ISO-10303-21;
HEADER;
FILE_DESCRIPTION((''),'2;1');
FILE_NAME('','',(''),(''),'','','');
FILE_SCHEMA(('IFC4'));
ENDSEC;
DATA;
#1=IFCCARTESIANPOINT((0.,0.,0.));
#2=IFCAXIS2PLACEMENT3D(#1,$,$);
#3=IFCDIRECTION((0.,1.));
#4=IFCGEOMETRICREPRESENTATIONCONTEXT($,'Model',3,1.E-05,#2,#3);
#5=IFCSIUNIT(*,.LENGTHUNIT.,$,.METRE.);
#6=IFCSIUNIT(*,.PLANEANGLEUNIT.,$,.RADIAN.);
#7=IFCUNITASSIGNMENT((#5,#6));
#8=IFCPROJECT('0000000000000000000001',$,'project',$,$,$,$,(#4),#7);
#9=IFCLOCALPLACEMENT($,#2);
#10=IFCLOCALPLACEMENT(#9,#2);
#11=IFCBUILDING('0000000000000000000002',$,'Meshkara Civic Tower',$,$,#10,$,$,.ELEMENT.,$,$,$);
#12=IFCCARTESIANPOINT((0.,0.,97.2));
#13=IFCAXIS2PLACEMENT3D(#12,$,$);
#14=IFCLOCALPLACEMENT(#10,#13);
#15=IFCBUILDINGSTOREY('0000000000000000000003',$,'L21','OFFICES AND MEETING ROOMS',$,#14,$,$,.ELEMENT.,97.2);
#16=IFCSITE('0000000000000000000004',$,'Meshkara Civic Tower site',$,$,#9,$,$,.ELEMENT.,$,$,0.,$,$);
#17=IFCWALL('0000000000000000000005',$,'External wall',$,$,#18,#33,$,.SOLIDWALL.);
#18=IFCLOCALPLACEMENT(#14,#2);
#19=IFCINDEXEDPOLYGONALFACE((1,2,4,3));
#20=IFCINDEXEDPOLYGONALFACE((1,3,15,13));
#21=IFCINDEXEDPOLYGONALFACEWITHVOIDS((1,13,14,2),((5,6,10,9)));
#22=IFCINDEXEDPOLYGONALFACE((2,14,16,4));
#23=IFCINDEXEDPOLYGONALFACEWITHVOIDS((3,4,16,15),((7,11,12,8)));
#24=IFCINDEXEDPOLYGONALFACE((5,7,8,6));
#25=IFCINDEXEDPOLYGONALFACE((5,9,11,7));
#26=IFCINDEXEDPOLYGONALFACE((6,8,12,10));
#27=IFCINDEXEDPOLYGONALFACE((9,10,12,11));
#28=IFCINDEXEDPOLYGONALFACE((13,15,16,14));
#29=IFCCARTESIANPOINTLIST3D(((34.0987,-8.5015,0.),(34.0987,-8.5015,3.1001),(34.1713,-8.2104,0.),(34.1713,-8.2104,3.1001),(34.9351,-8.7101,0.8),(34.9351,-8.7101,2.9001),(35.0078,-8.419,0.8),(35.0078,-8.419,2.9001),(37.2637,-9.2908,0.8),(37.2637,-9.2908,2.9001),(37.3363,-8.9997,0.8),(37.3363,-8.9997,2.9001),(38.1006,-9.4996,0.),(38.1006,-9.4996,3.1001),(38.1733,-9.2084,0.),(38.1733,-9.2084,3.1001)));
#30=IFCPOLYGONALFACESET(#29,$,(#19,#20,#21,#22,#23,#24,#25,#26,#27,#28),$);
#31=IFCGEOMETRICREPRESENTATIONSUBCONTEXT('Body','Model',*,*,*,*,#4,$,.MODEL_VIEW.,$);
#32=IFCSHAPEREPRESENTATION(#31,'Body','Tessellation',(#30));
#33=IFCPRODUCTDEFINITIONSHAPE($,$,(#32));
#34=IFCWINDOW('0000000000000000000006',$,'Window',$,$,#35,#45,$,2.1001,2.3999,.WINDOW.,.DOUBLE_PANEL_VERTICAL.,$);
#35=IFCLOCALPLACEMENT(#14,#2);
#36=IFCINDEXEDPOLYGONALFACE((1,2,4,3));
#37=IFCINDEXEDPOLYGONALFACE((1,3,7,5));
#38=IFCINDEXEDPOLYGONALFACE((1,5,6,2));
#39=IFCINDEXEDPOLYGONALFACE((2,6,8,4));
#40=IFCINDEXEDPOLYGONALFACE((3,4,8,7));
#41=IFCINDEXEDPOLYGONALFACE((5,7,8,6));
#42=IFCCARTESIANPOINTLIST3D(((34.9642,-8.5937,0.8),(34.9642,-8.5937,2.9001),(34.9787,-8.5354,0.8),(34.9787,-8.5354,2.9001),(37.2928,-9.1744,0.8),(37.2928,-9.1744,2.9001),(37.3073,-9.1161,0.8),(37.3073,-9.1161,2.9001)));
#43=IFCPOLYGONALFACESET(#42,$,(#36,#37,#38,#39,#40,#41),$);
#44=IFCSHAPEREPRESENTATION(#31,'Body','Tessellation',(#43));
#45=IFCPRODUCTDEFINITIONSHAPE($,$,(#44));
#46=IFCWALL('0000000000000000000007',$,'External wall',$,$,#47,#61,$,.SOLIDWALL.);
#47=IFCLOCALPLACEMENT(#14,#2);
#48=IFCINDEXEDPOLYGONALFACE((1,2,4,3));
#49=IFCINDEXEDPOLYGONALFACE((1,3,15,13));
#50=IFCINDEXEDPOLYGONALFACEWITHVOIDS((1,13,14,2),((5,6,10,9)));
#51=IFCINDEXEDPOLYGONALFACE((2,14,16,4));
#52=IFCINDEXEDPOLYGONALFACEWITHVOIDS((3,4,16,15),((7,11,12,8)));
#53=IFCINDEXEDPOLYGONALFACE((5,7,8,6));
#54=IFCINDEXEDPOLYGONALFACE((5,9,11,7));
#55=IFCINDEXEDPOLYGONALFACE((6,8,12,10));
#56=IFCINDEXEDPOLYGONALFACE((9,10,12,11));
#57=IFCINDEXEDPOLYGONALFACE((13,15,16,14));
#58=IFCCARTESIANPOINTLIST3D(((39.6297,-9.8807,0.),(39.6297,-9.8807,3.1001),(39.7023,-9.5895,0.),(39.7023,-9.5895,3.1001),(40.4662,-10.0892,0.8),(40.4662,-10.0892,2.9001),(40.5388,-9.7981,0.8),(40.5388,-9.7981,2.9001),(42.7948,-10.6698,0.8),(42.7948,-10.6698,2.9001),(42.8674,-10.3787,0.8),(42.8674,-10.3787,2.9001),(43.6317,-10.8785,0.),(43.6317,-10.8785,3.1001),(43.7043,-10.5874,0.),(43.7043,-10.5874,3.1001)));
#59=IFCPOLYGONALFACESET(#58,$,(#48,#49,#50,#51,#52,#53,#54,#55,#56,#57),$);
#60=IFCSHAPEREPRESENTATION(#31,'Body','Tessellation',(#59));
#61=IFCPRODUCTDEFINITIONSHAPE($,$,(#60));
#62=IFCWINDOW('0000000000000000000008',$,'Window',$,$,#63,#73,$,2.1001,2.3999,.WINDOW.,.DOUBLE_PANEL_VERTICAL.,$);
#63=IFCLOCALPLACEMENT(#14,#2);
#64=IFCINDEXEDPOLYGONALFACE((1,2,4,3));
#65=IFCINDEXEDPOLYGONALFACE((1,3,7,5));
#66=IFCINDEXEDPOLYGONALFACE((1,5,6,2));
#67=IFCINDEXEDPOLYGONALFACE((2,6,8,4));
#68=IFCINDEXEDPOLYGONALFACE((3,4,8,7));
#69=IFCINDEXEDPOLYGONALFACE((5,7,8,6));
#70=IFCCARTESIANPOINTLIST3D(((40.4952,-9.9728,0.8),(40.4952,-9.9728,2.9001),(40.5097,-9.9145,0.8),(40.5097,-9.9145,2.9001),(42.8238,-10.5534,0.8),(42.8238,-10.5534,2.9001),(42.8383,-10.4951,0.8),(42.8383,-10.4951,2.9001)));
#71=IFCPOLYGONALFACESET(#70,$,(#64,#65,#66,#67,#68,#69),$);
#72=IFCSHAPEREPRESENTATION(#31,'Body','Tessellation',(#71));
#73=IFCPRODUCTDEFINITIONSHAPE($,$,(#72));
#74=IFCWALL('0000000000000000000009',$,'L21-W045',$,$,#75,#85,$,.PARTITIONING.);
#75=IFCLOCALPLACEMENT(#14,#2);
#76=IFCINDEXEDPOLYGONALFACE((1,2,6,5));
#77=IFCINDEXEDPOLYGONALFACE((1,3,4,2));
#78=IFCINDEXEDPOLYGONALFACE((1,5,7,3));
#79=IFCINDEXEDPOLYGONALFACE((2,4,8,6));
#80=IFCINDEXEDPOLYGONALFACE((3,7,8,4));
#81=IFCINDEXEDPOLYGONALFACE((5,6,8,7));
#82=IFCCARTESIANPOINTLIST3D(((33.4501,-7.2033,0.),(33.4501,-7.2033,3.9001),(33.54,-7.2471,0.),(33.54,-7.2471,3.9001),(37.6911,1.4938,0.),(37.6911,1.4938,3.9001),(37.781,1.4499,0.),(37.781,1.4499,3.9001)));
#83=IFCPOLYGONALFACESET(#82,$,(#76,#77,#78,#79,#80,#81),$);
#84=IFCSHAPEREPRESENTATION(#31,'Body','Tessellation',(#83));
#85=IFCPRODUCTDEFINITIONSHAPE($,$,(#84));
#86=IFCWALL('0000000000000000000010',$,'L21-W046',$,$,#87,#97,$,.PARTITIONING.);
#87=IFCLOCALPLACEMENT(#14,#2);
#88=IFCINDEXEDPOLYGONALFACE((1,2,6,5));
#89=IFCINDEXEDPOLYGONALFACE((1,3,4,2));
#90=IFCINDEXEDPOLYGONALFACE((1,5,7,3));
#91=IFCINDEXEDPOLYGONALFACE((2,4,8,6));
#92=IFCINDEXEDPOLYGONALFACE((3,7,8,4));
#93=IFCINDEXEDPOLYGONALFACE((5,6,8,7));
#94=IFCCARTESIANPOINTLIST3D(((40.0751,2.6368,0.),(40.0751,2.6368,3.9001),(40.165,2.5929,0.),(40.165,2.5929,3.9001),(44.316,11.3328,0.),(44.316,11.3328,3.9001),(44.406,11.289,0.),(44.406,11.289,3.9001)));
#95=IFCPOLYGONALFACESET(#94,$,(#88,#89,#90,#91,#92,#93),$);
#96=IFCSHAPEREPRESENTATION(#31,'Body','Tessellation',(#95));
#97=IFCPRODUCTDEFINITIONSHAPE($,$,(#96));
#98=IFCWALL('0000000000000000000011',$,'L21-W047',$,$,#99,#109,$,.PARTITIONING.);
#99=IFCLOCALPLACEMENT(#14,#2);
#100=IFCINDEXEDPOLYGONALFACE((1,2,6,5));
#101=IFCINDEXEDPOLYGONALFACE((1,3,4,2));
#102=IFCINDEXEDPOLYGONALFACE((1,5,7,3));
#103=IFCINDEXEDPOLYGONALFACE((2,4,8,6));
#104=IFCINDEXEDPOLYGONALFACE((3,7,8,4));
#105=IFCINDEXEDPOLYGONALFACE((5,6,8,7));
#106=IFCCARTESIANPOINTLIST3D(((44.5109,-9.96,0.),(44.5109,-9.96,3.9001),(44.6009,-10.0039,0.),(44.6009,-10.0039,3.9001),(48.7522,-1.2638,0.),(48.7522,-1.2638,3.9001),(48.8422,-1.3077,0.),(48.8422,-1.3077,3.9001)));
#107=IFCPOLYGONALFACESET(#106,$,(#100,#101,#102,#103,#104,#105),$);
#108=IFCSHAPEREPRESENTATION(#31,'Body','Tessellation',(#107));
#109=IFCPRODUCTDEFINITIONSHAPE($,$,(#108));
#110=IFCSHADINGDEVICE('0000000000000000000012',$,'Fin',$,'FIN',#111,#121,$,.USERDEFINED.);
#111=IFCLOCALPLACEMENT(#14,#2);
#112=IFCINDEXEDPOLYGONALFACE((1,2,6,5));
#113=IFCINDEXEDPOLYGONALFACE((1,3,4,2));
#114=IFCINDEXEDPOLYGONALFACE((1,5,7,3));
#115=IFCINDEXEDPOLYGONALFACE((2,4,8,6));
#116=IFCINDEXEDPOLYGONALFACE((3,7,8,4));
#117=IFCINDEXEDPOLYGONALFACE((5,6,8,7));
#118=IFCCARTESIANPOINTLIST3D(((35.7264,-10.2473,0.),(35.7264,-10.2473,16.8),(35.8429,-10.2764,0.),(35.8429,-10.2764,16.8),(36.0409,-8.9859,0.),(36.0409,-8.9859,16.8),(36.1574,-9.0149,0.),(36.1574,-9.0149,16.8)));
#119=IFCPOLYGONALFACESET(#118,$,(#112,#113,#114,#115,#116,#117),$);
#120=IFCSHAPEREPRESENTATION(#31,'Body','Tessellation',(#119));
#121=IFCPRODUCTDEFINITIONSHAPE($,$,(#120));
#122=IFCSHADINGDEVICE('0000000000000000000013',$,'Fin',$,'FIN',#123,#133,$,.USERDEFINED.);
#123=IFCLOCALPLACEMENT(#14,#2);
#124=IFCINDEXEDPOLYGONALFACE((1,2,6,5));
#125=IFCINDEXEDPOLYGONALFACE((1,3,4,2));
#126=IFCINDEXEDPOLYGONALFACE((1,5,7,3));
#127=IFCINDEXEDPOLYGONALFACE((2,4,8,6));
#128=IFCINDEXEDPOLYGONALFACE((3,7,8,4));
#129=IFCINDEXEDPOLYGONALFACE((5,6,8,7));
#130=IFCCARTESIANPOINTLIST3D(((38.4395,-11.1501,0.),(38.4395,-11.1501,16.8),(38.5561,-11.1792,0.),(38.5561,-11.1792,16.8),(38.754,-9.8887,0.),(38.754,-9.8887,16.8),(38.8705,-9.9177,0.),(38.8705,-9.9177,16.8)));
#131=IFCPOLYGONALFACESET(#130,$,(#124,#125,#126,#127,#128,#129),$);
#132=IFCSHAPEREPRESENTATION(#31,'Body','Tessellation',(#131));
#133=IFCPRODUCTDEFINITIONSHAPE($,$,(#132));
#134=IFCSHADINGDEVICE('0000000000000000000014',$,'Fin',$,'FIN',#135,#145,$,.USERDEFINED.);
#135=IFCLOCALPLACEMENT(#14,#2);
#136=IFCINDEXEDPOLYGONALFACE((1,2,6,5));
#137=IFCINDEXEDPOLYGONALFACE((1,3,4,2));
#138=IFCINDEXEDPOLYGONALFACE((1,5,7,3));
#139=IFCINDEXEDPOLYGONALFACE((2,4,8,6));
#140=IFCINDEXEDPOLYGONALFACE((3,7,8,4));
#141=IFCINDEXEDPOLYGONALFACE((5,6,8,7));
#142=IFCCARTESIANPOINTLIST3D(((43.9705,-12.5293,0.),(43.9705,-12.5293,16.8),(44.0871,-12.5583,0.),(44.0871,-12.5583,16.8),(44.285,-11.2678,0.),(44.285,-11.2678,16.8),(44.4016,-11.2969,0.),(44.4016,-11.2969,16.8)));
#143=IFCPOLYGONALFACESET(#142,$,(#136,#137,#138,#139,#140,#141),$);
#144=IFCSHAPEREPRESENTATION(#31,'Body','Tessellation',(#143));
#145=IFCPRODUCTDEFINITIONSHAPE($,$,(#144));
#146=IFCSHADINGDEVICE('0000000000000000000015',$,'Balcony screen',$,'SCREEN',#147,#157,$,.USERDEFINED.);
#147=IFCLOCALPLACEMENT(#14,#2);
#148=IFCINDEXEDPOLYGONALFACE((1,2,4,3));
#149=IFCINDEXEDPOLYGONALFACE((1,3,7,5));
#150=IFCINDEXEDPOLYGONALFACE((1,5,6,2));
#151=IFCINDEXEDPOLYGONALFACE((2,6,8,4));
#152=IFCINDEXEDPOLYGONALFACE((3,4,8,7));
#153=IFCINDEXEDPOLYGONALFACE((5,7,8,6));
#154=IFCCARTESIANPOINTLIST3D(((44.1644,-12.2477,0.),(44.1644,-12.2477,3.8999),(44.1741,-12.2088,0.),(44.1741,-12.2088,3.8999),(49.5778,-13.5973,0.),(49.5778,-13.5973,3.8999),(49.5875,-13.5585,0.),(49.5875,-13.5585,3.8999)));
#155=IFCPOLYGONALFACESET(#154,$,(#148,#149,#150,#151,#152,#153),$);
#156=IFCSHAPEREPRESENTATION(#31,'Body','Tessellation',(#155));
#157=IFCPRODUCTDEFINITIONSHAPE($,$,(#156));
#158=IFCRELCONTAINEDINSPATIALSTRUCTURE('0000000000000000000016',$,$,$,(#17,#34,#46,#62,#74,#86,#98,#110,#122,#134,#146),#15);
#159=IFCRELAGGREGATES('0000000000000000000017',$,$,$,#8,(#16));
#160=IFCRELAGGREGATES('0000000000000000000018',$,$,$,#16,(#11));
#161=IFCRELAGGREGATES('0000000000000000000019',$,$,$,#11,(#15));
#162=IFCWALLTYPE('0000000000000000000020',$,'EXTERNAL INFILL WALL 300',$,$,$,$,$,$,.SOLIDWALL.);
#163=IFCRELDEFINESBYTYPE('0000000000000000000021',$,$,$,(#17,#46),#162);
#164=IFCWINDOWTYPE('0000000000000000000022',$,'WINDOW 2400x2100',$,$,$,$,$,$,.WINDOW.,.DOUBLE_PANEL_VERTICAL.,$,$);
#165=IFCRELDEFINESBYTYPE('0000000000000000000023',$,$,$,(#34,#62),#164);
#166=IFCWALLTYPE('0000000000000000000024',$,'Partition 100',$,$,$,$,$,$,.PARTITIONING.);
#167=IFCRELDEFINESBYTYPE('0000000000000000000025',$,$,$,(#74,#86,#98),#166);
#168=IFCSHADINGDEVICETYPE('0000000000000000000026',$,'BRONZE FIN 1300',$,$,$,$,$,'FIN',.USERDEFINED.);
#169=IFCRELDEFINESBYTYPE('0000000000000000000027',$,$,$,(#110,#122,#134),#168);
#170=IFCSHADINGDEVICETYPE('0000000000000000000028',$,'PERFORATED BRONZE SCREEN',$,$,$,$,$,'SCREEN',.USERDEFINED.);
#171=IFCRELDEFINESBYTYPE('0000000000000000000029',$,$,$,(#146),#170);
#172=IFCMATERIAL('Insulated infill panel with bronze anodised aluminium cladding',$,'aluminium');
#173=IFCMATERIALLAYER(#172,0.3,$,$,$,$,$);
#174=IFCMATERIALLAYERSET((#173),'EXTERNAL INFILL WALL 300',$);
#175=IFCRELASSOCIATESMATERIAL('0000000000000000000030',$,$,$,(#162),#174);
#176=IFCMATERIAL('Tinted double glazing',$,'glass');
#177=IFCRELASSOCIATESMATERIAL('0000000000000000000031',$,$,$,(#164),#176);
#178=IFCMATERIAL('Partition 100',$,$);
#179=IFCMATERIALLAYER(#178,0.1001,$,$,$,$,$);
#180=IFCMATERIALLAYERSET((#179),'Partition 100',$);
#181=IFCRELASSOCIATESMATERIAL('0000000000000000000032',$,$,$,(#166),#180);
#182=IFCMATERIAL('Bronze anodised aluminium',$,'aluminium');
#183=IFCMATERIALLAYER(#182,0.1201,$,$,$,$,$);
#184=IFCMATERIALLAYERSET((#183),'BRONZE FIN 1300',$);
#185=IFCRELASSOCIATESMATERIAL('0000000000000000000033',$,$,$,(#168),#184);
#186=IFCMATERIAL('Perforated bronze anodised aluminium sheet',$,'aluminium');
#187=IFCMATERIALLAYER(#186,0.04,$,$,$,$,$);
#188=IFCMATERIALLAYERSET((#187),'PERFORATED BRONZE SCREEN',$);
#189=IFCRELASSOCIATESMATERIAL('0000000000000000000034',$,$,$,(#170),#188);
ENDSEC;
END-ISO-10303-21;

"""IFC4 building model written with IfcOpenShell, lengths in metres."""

from ifc_helpers import new_model, si_unit, direction, frame, frame_2d, origin, origin_2d, place, context, subcontext, project, spatial, rectangle, extrude, material, layer, layer_set, type_object, element, fill, save


model = new_model("IFC4")

# Units and contexts
model_context = context("Model", 3, precision=1e-05, world=origin(), true_north=direction((0.0, 1.0)))
body_context = subcontext(model_context, "Body", "Model", "MODEL_VIEW")
ifc_project = project(units=[si_unit("LENGTHUNIT", "METRE"), si_unit("PLANEANGLEUNIT", "RADIAN")], contexts=[model_context])

# Site, building, storey
site_placement = place(None, origin())
site = spatial("IfcSite", under=ifc_project, at=site_placement, Name="Meshkara Civic Tower site", CompositionType="ELEMENT", RefElevation=0.0)
building_placement = place(site_placement, origin())
building = spatial("IfcBuilding", under=site, at=building_placement, Name="Meshkara Civic Tower", CompositionType="ELEMENT")
storey_placement = place(building_placement, frame((0.0, 0.0, 97.2)))
storey = spatial("IfcBuildingStorey", under=building, at=storey_placement, Name="L21", Description="OFFICES AND MEETING ROOMS", CompositionType="ELEMENT", Elevation=97.2)

# Walls, openings, windows
ifc_material_1 = material(Name="Insulated infill panel with bronze anodised aluminium cladding", Category="aluminium")
ifc_layer_1 = layer(ifc_material_1, 0.3)
ifc_layer_set_1 = layer_set([ifc_layer_1], Name="EXTERNAL INFILL WALL 300")
wall_type_1 = type_object("IfcWallType", Name="EXTERNAL INFILL WALL 300", PredefinedType="SOLIDWALL", material=ifc_layer_set_1)
wall_1_placement = place(storey_placement, frame((34.135, -8.356, 0.0), z_axis=(0.0, 0.0, 1.0), x_axis=(0.970282, -0.241978, 0.0)))
wall_1 = element("IfcWall", 1, at=wall_1_placement, inside=storey, type_object=wall_type_1, Name="External wall", PredefinedType="SOLIDWALL", context=body_context, shape_type="SweptSolid", body=[
    extrude(rectangle(XDim=4.1245, YDim=0.3, at=frame_2d((2.0623, 0.0))), origin(), (0.0, 0.0, 1.0), 3.1001),
])
opening_1_placement = place(wall_1_placement, frame((0.8621, 0.0, 0.8)))
opening_1 = element("IfcOpeningElement", 2, at=opening_1_placement, cuts=wall_1, PredefinedType="OPENING", context=body_context, shape_type="SweptSolid", body=[
    extrude(rectangle(XDim=2.3999, YDim=2.1001, at=frame_2d((1.2, 1.05))), frame((0.0, 0.1599, 0.0), z_axis=(0.0, -1.0, 0.0), x_axis=(1.0, 0.0, 0.0)), (0.0, 0.0, 1.0), 0.3201),
])
ifc_material_2 = material(Name="Tinted double glazing", Category="glass")
window_type = type_object("IfcWindowType", Name="WINDOW 2400x2100", PartitioningType="DOUBLE_PANEL_VERTICAL", PredefinedType="WINDOW", material=ifc_material_2)
window_1_placement = place(opening_1_placement, origin())
window_1 = element("IfcWindow", 3, at=window_1_placement, inside=storey, type_object=window_type, Name="Window", OverallHeight=2.1001, OverallWidth=2.3999, PartitioningType="DOUBLE_PANEL_VERTICAL", PredefinedType="WINDOW", context=body_context, shape_type="SweptSolid", body=[
    extrude(rectangle(XDim=2.3999, YDim=2.1001, at=frame_2d((1.2, 1.05))), frame((0.0, 0.03, 0.0), z_axis=(0.0, -1.0, 0.0), x_axis=(1.0, 0.0, 0.0)), (0.0, 0.0, 1.0), 0.0601),
])
fill(opening_1, window_1)
wall_2_placement = place(storey_placement, frame((39.666, -9.7351, 0.0), z_axis=(0.0, 0.0, 1.0), x_axis=(0.970296, -0.241923, 0.0)))
wall_2 = element("IfcWall", 4, at=wall_2_placement, inside=storey, type_object=wall_type_1, Name="External wall", PredefinedType="SOLIDWALL", context=body_context, shape_type="SweptSolid", body=[
    extrude(rectangle(XDim=4.1245, YDim=0.3, at=frame_2d((2.0623, 0.0))), origin(), (0.0, 0.0, 1.0), 3.1001),
])
opening_2_placement = place(wall_2_placement, frame((0.8621, 0.0, 0.8)))
opening_2 = element("IfcOpeningElement", 5, at=opening_2_placement, cuts=wall_2, PredefinedType="OPENING", context=body_context, shape_type="SweptSolid", body=[
    extrude(rectangle(XDim=2.3999, YDim=2.1001, at=frame_2d((1.2, 1.05))), frame((0.0, 0.1599, 0.0), z_axis=(0.0, -1.0, 0.0), x_axis=(1.0, 0.0, 0.0)), (0.0, 0.0, 1.0), 0.3201),
])
window_2_placement = place(opening_2_placement, origin())
window_2 = element("IfcWindow", 6, at=window_2_placement, inside=storey, type_object=window_type, Name="Window", OverallHeight=2.1001, OverallWidth=2.3999, PartitioningType="DOUBLE_PANEL_VERTICAL", PredefinedType="WINDOW", context=body_context, shape_type="SweptSolid", body=[
    extrude(rectangle(XDim=2.3999, YDim=2.1001, at=frame_2d((1.2, 1.05))), frame((0.0, 0.03, 0.0), z_axis=(0.0, -1.0, 0.0), x_axis=(1.0, 0.0, 0.0)), (0.0, 0.0, 1.0), 0.0601),
])
fill(opening_2, window_2)

# Walls
ifc_material_3 = material(Name="Partition 100")
ifc_layer_2 = layer(ifc_material_3, 0.1001)
ifc_layer_set_2 = layer_set([ifc_layer_2], Name="Partition 100")
wall_type_2 = type_object("IfcWallType", Name="Partition 100", PredefinedType="PARTITIONING", material=ifc_layer_set_2)
wall_3_placement = place(storey_placement, frame((33.4951, -7.2251, 0.0), z_axis=(0.0, 0.0, 1.0), x_axis=(0.4383, 0.898829, 0.0)))
element("IfcWall", 7, at=wall_3_placement, inside=storey, type_object=wall_type_2, Name="L21-W045", PredefinedType="PARTITIONING", context=body_context, shape_type="SweptSolid", body=[
    extrude(rectangle(XDim=9.676, YDim=0.1001, at=frame_2d((4.8379, 0.0))), origin(), (0.0, 0.0, 1.0), 3.9001),
])
wall_4_placement = place(storey_placement, frame((40.1201, 2.615, 0.0), z_axis=(0.0, 0.0, 1.0), x_axis=(0.43834, 0.898809, 0.0)))
element("IfcWall", 8, at=wall_4_placement, inside=storey, type_object=wall_type_2, Name="L21-W046", PredefinedType="PARTITIONING", context=body_context, shape_type="SweptSolid", body=[
    extrude(rectangle(XDim=9.675, YDim=0.1001, at=frame_2d((4.8374, 0.0))), origin(), (0.0, 0.0, 1.0), 3.9001),
])
wall_5_placement = place(storey_placement, frame((44.5559, -9.9819, 0.0), z_axis=(0.0, 0.0, 1.0), x_axis=(0.43836, 0.898799, 0.0)))
element("IfcWall", 9, at=wall_5_placement, inside=storey, type_object=wall_type_2, Name="L21-W047", PredefinedType="PARTITIONING", context=body_context, shape_type="SweptSolid", body=[
    extrude(rectangle(XDim=9.6753, YDim=0.1001, at=frame_2d((4.8376, 0.0))), origin(), (0.0, 0.0, 1.0), 3.9001),
])

# Shading devices
ifc_material_4 = material(Name="Bronze anodised aluminium", Category="aluminium")
ifc_layer_3 = layer(ifc_material_4, 0.1201)
ifc_layer_set_3 = layer_set([ifc_layer_3], Name="BRONZE FIN 1300")
shading_device_type_1 = type_object("IfcShadingDeviceType", Name="BRONZE FIN 1300", ElementType="FIN", PredefinedType="USERDEFINED", material=ifc_layer_set_3)
for number, where, z_axis, x_axis, name in (
    (10, (35.9419, -9.6311, 0.0), (0.0, 0.0, 1.0), (0.9703, -0.241905, 0.0), "Fin"),
    (11, (38.655, -10.5339, 0.0), (0.0, 0.0, 1.0), (0.9703, -0.241905, 0.0), "Fin"),
    (12, (44.186, -11.9131, 0.0), (0.0, 0.0, 1.0), (0.9703, -0.241905, 0.0), "Fin"),
):
    element("IfcShadingDevice", number, at=place(storey_placement, frame(where, z_axis=z_axis, x_axis=x_axis)), inside=storey, type_object=shading_device_type_1, Name=name, ObjectType="FIN", PredefinedType="USERDEFINED", context=body_context, shape_type="SweptSolid", body=[
        extrude(rectangle(XDim=0.1201, YDim=1.3, at=origin_2d()), origin(), (0.0, 0.0, 1.0), 16.8),
    ])
ifc_material_5 = material(Name="Perforated bronze anodised aluminium sheet", Category="aluminium")
ifc_layer_4 = layer(ifc_material_5, 0.04)
ifc_layer_set_4 = layer_set([ifc_layer_4], Name="PERFORATED BRONZE SCREEN")
shading_device_type_2 = type_object("IfcShadingDeviceType", Name="PERFORATED BRONZE SCREEN", ElementType="SCREEN", PredefinedType="USERDEFINED", material=ifc_layer_set_4)
shading_device_placement = place(storey_placement, frame((46.876, -12.9031, 0.0), z_axis=(0.0, 0.0, 1.0), x_axis=(0.9703, -0.241905, 0.0)))
element("IfcShadingDevice", 13, at=shading_device_placement, inside=storey, type_object=shading_device_type_2, Name="Balcony screen", ObjectType="SCREEN", PredefinedType="USERDEFINED", context=body_context, shape_type="SweptSolid", body=[
    extrude(rectangle(XDim=5.5791, YDim=0.04, at=origin_2d()), origin(), (0.0, 0.0, 1.0), 3.8999),
])

save(model, "model.ifc")
